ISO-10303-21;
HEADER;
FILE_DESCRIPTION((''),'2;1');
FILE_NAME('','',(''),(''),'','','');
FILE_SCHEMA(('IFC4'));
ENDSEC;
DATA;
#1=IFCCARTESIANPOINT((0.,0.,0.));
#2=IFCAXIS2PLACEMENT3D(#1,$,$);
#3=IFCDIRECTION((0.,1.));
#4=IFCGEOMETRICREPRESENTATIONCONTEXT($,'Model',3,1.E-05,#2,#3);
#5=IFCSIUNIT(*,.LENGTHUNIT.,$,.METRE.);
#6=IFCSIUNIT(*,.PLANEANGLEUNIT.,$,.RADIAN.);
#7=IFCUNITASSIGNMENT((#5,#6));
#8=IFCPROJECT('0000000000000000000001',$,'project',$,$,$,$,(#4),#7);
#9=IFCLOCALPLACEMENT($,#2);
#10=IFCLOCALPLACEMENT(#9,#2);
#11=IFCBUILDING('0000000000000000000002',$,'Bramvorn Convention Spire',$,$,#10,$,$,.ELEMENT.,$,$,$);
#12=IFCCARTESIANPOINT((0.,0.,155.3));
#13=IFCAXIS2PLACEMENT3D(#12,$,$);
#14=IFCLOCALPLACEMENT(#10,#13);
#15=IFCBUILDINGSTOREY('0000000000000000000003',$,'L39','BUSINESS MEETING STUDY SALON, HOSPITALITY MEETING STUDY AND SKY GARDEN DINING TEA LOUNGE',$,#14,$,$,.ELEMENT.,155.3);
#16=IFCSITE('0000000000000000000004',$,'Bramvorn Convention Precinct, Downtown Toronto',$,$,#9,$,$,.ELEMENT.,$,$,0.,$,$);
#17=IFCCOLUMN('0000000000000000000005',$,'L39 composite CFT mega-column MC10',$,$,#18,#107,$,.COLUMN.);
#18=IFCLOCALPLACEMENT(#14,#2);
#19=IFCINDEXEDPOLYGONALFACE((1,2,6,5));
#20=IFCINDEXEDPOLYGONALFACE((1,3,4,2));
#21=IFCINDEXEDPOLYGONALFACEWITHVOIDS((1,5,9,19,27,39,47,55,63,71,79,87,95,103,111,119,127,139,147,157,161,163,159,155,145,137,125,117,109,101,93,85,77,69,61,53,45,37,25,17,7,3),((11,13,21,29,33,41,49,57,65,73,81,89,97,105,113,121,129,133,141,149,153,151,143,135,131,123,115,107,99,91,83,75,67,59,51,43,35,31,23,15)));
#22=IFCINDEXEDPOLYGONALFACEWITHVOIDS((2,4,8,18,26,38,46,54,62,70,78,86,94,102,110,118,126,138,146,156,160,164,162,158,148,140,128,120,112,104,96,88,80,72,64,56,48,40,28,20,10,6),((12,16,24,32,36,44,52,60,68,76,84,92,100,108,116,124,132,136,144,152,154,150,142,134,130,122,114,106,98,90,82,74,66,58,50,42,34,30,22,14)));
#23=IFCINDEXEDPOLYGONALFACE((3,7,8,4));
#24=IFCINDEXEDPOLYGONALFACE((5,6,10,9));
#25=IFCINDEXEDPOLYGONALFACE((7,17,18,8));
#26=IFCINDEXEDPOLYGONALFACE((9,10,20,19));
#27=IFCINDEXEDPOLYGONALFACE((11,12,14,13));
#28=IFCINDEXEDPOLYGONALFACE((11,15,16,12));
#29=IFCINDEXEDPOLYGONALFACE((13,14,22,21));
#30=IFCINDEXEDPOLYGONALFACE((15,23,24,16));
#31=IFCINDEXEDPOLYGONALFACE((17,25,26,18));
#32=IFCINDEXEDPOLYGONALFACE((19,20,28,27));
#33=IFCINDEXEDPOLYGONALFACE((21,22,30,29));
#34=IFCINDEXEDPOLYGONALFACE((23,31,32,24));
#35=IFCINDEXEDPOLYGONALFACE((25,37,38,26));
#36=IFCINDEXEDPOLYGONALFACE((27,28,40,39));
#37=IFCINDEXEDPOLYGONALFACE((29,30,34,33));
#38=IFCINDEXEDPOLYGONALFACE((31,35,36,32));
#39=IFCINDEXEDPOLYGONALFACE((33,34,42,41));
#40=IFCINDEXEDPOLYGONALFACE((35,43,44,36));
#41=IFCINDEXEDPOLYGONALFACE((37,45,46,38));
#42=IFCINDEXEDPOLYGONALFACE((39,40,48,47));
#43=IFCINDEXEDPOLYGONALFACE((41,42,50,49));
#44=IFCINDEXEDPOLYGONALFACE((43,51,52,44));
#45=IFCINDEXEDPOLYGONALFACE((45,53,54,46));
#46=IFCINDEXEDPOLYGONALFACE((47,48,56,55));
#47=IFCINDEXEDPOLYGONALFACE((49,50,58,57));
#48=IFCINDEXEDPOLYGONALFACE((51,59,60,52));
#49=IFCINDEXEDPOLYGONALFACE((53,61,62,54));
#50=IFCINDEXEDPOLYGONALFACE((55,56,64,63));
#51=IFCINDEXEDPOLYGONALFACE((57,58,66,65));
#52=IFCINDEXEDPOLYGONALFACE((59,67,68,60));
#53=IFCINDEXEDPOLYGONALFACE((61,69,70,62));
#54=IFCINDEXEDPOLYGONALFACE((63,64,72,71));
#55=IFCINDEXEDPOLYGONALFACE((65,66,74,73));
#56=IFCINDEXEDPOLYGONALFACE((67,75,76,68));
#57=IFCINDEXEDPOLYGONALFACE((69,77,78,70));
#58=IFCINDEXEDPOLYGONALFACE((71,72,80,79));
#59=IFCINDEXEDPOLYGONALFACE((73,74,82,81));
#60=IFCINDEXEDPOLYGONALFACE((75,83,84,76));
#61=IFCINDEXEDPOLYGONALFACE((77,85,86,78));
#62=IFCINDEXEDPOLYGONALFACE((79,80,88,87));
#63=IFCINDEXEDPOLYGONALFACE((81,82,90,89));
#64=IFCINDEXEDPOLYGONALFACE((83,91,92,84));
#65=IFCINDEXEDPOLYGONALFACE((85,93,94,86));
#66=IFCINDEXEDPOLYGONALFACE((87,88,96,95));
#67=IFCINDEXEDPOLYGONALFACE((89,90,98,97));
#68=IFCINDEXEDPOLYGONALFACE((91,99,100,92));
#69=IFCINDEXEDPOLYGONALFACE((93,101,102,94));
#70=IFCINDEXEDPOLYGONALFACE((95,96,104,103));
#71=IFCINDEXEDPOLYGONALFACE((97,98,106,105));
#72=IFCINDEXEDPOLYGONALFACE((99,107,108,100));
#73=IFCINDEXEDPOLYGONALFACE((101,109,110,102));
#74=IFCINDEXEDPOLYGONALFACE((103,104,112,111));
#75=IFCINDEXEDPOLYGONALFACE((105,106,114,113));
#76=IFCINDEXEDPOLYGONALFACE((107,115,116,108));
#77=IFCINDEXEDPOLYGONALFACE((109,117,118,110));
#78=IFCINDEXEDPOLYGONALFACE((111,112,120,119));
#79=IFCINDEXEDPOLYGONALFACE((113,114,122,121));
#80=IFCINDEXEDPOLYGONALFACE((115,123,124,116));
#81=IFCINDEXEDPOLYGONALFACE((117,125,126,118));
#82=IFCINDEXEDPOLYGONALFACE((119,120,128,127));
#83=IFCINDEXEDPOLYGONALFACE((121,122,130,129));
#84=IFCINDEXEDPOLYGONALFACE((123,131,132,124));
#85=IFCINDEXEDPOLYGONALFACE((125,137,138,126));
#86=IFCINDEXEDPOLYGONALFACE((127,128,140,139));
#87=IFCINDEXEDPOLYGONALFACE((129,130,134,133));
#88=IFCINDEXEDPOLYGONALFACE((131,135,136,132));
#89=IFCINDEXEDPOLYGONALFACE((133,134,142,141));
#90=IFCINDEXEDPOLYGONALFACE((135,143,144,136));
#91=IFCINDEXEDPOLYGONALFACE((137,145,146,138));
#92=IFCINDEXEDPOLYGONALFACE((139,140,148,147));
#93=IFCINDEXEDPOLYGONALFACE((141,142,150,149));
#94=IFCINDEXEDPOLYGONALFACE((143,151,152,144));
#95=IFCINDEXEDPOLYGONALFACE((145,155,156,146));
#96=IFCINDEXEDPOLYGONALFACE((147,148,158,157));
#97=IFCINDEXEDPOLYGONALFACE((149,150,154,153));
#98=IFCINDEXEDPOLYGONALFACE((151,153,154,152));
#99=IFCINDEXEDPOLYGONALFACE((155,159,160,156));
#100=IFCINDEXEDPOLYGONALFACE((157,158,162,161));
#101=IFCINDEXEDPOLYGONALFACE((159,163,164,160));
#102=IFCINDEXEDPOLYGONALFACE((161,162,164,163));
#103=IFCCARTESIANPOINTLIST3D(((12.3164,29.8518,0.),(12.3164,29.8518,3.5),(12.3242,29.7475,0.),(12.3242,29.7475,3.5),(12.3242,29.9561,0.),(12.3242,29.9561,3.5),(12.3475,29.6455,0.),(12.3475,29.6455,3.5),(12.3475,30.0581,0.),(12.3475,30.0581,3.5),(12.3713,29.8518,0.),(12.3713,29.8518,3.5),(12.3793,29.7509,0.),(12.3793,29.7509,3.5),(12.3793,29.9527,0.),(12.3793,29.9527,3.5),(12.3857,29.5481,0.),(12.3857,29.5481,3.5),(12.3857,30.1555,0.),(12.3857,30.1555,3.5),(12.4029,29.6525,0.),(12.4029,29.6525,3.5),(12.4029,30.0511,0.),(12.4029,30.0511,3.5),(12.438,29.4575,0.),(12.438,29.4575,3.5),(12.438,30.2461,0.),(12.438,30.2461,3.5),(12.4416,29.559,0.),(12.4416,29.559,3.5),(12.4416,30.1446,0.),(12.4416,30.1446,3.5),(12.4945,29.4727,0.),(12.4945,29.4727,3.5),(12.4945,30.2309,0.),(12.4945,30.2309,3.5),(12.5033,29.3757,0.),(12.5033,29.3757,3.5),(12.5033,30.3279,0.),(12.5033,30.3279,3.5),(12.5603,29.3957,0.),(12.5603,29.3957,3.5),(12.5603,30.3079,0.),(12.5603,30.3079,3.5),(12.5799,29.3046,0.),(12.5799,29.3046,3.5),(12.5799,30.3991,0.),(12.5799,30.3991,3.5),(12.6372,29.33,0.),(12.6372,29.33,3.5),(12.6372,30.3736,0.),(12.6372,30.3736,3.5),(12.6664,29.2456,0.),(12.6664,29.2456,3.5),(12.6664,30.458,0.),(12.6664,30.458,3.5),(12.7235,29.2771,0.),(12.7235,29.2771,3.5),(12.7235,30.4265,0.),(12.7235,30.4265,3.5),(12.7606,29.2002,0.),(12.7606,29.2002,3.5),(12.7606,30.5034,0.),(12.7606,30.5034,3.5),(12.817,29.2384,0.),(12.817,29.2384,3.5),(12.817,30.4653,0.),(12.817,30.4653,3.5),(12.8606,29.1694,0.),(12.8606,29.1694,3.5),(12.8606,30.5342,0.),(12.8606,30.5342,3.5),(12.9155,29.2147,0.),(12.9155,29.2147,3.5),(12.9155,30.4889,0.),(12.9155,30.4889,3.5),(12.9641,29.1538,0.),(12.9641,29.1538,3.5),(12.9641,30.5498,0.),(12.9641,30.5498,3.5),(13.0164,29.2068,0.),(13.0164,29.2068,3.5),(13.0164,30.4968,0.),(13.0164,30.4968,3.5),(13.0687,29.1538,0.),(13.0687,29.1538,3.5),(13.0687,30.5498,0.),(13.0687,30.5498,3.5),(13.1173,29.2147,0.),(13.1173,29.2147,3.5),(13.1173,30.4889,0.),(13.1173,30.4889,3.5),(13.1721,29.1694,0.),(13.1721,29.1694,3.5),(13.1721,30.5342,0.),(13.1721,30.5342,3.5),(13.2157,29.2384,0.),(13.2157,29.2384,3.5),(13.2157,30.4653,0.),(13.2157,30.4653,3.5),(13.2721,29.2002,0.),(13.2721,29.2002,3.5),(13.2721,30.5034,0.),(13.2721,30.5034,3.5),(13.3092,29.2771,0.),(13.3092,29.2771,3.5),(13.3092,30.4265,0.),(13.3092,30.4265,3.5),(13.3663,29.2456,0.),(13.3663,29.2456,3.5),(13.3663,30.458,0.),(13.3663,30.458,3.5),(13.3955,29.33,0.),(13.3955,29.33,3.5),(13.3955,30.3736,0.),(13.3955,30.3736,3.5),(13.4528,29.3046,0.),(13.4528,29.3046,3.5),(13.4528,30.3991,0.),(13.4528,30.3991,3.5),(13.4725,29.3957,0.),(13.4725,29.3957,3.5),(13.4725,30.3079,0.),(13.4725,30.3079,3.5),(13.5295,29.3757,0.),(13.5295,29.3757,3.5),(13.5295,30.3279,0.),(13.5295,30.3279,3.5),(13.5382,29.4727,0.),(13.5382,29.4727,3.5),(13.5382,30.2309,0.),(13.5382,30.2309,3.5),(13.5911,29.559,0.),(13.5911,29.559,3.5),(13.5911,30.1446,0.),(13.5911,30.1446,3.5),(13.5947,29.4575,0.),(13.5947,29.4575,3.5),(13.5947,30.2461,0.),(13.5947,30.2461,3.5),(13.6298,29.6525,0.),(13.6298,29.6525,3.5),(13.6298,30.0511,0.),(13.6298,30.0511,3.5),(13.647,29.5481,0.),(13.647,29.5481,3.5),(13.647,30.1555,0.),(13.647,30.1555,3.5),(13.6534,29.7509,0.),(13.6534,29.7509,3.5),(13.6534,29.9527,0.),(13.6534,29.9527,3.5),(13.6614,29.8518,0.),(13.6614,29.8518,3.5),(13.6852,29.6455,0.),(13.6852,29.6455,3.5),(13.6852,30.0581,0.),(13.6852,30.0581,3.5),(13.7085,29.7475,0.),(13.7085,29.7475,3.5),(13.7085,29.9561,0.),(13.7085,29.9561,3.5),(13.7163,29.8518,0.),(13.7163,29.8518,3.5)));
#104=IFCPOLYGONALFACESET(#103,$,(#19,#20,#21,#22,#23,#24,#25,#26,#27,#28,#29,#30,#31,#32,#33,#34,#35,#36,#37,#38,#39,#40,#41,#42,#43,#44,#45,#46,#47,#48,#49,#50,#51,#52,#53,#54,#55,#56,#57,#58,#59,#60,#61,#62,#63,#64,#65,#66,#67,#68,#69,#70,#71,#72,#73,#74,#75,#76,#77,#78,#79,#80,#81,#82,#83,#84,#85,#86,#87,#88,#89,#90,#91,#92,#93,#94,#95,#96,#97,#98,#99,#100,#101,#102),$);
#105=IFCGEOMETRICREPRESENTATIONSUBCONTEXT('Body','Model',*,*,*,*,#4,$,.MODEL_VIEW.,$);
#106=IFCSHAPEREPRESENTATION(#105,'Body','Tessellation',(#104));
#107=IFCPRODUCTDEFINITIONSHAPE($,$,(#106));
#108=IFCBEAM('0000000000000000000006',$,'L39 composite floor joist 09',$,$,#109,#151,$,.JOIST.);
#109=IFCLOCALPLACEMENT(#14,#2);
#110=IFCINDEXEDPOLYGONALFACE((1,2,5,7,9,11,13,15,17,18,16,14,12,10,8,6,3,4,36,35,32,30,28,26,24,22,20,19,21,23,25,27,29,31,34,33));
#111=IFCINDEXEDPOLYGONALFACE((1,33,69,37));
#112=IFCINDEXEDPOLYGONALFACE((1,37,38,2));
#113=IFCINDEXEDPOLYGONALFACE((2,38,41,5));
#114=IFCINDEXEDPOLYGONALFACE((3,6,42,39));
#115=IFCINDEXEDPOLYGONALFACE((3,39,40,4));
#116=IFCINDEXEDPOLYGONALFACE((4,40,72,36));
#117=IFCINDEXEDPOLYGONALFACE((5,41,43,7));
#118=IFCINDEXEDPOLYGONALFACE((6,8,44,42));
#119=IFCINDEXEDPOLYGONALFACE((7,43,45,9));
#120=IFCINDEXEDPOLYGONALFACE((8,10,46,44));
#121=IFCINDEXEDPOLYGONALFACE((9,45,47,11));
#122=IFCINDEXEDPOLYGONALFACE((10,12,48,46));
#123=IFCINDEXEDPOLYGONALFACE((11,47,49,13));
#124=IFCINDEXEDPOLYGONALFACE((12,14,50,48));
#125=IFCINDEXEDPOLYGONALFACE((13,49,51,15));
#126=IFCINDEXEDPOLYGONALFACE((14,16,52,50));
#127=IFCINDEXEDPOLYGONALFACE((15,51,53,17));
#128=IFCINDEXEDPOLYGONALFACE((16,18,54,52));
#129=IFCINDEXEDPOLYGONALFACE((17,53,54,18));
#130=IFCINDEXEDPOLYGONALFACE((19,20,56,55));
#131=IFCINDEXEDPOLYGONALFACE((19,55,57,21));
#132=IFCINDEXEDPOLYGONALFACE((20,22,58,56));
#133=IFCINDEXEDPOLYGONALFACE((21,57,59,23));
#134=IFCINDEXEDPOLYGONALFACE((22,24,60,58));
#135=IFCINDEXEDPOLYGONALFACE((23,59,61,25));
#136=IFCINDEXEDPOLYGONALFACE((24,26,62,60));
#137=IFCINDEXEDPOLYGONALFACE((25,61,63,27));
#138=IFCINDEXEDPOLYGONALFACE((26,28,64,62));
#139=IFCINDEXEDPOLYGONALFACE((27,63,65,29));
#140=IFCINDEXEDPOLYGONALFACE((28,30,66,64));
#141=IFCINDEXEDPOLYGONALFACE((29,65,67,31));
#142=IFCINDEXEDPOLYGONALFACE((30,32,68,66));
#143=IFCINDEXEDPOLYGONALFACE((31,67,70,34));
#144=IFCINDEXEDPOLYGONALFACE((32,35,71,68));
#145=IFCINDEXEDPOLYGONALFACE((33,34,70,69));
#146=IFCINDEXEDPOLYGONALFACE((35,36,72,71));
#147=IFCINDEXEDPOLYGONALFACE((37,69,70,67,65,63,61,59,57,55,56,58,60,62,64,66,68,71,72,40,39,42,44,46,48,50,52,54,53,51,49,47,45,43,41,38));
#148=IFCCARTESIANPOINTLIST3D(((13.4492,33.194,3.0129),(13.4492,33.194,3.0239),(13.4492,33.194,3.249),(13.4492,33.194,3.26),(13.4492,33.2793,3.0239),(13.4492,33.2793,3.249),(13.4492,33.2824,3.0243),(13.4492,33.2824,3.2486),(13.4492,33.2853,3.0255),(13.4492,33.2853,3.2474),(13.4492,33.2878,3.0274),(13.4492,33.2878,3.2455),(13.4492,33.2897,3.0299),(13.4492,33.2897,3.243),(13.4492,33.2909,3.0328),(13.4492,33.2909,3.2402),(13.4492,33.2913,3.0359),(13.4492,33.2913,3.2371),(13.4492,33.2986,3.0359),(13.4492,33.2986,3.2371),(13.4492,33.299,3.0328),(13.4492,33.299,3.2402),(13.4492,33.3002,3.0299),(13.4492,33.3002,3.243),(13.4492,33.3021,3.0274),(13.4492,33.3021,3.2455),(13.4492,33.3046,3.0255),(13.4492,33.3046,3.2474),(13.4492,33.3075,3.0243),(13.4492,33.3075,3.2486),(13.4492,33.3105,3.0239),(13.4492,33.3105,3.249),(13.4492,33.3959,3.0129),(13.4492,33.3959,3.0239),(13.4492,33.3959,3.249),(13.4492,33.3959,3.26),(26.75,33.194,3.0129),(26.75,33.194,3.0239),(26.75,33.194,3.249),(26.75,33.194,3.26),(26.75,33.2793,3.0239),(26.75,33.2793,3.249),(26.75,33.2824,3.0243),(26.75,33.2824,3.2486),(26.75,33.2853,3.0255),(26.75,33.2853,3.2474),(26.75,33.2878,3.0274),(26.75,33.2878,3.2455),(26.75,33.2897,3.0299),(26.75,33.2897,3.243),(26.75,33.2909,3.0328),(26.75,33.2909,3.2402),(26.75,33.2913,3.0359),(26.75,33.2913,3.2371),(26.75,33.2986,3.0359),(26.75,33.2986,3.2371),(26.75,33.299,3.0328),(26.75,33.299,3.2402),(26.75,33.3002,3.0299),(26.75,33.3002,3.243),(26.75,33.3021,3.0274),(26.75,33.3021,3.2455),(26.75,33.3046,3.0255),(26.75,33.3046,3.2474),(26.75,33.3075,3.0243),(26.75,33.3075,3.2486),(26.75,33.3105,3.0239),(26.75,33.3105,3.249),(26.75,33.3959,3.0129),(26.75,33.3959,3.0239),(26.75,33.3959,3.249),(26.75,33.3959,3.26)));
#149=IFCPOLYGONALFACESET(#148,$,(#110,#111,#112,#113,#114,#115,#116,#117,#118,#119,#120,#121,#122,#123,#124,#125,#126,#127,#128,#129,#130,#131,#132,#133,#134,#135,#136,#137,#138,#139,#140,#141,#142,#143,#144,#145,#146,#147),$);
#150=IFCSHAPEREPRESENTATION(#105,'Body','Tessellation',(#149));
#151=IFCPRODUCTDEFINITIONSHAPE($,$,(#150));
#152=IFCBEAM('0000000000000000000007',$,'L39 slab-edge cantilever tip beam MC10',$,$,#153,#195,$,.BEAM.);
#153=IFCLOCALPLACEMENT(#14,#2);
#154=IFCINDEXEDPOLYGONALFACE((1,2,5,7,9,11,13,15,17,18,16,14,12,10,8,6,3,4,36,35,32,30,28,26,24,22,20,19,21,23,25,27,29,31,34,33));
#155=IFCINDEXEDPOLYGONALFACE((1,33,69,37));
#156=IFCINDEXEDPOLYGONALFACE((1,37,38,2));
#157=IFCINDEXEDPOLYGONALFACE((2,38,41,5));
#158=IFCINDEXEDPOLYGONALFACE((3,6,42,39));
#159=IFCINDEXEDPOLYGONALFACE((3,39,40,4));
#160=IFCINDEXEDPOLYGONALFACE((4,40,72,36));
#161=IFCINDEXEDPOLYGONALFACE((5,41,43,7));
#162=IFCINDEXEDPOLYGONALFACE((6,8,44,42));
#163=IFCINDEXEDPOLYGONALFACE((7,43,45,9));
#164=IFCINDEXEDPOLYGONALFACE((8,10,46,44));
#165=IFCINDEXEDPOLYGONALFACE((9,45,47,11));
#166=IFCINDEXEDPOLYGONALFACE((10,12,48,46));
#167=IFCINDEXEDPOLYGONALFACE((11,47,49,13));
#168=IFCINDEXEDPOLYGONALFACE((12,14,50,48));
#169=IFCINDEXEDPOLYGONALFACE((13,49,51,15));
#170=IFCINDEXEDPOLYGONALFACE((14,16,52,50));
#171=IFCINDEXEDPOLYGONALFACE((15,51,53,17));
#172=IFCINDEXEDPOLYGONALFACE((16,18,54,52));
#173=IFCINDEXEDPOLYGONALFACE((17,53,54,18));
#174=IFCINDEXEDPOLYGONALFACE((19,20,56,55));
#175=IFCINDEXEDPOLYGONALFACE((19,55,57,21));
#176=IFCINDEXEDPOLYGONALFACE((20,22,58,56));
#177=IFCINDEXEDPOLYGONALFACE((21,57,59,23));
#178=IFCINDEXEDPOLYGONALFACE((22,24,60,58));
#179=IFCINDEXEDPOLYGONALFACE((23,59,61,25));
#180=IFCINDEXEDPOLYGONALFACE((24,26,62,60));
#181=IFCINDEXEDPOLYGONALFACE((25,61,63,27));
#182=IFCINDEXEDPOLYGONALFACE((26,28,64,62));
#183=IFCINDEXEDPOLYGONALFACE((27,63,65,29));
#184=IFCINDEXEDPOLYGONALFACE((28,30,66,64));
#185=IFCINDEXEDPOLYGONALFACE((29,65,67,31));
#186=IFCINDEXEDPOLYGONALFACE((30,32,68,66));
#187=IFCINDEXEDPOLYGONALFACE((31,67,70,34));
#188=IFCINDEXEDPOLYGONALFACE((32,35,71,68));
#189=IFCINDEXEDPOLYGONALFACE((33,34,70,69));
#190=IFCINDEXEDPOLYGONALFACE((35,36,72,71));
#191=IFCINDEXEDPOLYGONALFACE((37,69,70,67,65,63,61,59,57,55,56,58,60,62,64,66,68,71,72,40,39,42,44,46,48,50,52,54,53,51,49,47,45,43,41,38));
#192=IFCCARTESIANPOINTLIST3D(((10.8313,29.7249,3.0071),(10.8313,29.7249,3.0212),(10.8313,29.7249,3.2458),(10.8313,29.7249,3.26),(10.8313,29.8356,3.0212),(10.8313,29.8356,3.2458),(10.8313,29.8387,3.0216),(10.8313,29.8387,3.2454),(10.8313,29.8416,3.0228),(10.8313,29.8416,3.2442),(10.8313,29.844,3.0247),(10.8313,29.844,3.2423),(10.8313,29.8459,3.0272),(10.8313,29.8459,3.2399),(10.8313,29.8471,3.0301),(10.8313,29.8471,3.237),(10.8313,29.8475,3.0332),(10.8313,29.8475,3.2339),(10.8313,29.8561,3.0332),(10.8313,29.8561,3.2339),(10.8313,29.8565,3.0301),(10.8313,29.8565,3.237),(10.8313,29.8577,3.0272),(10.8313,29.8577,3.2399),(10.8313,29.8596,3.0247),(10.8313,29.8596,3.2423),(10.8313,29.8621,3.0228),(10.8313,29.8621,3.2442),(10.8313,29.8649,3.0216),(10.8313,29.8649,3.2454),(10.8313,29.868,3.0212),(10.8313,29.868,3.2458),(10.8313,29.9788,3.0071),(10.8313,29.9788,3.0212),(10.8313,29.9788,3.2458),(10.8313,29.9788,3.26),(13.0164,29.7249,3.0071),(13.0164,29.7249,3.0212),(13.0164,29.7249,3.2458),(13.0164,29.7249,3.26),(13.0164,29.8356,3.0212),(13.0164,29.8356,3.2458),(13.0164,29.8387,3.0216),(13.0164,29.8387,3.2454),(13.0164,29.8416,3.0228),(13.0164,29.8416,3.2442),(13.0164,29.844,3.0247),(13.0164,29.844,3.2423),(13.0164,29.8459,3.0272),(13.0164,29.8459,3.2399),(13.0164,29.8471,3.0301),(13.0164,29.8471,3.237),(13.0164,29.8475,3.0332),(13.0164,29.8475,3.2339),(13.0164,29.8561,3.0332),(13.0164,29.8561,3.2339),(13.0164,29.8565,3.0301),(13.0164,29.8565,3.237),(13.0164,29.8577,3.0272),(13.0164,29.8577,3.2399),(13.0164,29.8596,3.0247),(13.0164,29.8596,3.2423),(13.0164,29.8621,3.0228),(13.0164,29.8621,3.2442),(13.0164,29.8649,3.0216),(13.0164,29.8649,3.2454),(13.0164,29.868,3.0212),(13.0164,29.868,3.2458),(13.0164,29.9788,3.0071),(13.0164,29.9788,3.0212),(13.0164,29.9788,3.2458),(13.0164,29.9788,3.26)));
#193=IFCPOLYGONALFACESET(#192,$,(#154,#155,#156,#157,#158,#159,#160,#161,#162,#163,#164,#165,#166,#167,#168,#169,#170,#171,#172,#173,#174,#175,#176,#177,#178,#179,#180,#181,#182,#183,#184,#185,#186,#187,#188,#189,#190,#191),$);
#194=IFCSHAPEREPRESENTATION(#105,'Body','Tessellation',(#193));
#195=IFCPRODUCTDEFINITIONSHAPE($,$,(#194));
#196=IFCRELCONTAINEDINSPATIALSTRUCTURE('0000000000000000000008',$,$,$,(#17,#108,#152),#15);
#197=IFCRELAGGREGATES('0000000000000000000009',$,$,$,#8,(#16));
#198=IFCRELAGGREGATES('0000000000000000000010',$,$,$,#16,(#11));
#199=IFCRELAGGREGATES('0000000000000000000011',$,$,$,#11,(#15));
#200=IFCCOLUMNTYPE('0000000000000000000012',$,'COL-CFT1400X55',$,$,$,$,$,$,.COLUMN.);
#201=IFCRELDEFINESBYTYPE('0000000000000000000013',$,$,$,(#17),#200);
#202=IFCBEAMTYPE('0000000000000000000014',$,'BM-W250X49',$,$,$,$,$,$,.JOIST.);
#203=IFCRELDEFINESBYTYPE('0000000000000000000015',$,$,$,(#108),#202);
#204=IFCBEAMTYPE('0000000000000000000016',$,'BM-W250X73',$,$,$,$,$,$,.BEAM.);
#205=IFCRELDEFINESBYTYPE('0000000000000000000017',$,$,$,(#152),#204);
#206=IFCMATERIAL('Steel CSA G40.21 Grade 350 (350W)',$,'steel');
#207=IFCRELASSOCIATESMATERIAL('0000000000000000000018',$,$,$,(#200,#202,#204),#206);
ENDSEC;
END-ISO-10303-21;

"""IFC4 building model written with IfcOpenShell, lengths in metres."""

from ifc_helpers import new_model, si_unit, direction, frame, origin, origin_2d, place, context, subcontext, project, spatial, hollow_circle, i_section, extrude, material, material_profile, profile_set, type_object, element, save


model = new_model("IFC4")

# Units and contexts
model_context = context("Model", 3, precision=1e-05, world=origin(), true_north=direction((0.0, 1.0)))
body_context = subcontext(model_context, "Body", "Model", "MODEL_VIEW")
ifc_project = project(units=[si_unit("LENGTHUNIT", "METRE"), si_unit("PLANEANGLEUNIT", "RADIAN")], contexts=[model_context])

# Site, building, storey
site_placement = place(None, origin())
site = spatial("IfcSite", under=ifc_project, at=site_placement, Name="Bramvorn Convention Precinct, Downtown Toronto", CompositionType="ELEMENT", RefElevation=0.0)
building_placement = place(site_placement, origin())
building = spatial("IfcBuilding", under=site, at=building_placement, Name="Bramvorn Convention Spire", CompositionType="ELEMENT")
storey_placement = place(building_placement, frame((0.0, 0.0, 155.3)))
storey = spatial("IfcBuildingStorey", under=building, at=storey_placement, Name="L39", Description="BUSINESS MEETING STUDY SALON, HOSPITALITY MEETING STUDY AND SKY GARDEN DINING TEA LOUNGE", CompositionType="ELEMENT", Elevation=155.3)

# Column
ifc_material_1 = material(Name="Steel CSA G40.21 Grade 350 (350W)", Category="steel")
ifc_material_profile_1 = material_profile(ifc_material_1, hollow_circle(Radius=0.7, WallThickness=0.0549, at=origin_2d()))
ifc_profile_set_1 = profile_set([ifc_material_profile_1], Name="Steel CSA G40.21 Grade 350 (350W) - CFT1400X55")
column_type = type_object("IfcColumnType", Name="COL-CFT1400X55", PredefinedType="COLUMN", material=ifc_profile_set_1)
column_placement = place(storey_placement, frame((13.0164, 29.8518, 0.0), z_axis=(0.0, 0.0, 1.0), x_axis=(1.0, 0.0, 0.0)))
element("IfcColumn", 1, at=column_placement, inside=storey, type_object=column_type, Name="L39 composite CFT mega-column MC10", PredefinedType="COLUMN", context=body_context, shape_type="SweptSolid", body=[
    extrude(hollow_circle(Radius=0.7, WallThickness=0.0549, at=origin_2d()), origin(), (0.0, 0.0, 1.0), 3.5),
])

# Beams
ifc_material_profile_2 = material_profile(ifc_material_1, i_section(OverallWidth=0.2019, OverallDepth=0.2471, WebThickness=0.0073, FlangeThickness=0.011, FilletRadius=0.012, at=origin_2d()))
ifc_profile_set_2 = profile_set([ifc_material_profile_2], Name="Steel CSA G40.21 Grade 350 (350W) - W250X49")
beam_type_1 = type_object("IfcBeamType", Name="BM-W250X49", PredefinedType="JOIST", material=ifc_profile_set_2)
beam_1_placement = place(storey_placement, frame((26.75, 33.2949, 3.1365), z_axis=(-1.0, 0.0, 0.0), x_axis=(0.0, -1.0, 0.0)))
element("IfcBeam", 2, at=beam_1_placement, inside=storey, type_object=beam_type_1, Name="L39 composite floor joist 09", PredefinedType="JOIST", context=body_context, shape_type="SweptSolid", body=[
    extrude(i_section(OverallWidth=0.2019, OverallDepth=0.2471, WebThickness=0.0073, FlangeThickness=0.011, FilletRadius=0.012, at=origin_2d()), origin(), (0.0, 0.0, 1.0), 13.3008),
])
ifc_material_profile_3 = material_profile(ifc_material_1, i_section(OverallWidth=0.2539, OverallDepth=0.2529, WebThickness=0.0085, FlangeThickness=0.0142, FilletRadius=0.012, at=origin_2d()))
ifc_profile_set_3 = profile_set([ifc_material_profile_3], Name="Steel CSA G40.21 Grade 350 (350W) - W250X73")
beam_type_2 = type_object("IfcBeamType", Name="BM-W250X73", PredefinedType="BEAM", material=ifc_profile_set_3)
beam_2_placement = place(storey_placement, frame((13.0164, 29.8518, 3.1335), z_axis=(-1.0, 0.0, 0.0), x_axis=(0.0, -1.0, 0.0)))
element("IfcBeam", 3, at=beam_2_placement, inside=storey, type_object=beam_type_2, Name="L39 slab-edge cantilever tip beam MC10", PredefinedType="BEAM", context=body_context, shape_type="SweptSolid", body=[
    extrude(i_section(OverallWidth=0.2539, OverallDepth=0.2529, WebThickness=0.0085, FlangeThickness=0.0142, FilletRadius=0.012, at=origin_2d()), origin(), (0.0, 0.0, 1.0), 2.1851),
])

save(model, "model.ifc")
